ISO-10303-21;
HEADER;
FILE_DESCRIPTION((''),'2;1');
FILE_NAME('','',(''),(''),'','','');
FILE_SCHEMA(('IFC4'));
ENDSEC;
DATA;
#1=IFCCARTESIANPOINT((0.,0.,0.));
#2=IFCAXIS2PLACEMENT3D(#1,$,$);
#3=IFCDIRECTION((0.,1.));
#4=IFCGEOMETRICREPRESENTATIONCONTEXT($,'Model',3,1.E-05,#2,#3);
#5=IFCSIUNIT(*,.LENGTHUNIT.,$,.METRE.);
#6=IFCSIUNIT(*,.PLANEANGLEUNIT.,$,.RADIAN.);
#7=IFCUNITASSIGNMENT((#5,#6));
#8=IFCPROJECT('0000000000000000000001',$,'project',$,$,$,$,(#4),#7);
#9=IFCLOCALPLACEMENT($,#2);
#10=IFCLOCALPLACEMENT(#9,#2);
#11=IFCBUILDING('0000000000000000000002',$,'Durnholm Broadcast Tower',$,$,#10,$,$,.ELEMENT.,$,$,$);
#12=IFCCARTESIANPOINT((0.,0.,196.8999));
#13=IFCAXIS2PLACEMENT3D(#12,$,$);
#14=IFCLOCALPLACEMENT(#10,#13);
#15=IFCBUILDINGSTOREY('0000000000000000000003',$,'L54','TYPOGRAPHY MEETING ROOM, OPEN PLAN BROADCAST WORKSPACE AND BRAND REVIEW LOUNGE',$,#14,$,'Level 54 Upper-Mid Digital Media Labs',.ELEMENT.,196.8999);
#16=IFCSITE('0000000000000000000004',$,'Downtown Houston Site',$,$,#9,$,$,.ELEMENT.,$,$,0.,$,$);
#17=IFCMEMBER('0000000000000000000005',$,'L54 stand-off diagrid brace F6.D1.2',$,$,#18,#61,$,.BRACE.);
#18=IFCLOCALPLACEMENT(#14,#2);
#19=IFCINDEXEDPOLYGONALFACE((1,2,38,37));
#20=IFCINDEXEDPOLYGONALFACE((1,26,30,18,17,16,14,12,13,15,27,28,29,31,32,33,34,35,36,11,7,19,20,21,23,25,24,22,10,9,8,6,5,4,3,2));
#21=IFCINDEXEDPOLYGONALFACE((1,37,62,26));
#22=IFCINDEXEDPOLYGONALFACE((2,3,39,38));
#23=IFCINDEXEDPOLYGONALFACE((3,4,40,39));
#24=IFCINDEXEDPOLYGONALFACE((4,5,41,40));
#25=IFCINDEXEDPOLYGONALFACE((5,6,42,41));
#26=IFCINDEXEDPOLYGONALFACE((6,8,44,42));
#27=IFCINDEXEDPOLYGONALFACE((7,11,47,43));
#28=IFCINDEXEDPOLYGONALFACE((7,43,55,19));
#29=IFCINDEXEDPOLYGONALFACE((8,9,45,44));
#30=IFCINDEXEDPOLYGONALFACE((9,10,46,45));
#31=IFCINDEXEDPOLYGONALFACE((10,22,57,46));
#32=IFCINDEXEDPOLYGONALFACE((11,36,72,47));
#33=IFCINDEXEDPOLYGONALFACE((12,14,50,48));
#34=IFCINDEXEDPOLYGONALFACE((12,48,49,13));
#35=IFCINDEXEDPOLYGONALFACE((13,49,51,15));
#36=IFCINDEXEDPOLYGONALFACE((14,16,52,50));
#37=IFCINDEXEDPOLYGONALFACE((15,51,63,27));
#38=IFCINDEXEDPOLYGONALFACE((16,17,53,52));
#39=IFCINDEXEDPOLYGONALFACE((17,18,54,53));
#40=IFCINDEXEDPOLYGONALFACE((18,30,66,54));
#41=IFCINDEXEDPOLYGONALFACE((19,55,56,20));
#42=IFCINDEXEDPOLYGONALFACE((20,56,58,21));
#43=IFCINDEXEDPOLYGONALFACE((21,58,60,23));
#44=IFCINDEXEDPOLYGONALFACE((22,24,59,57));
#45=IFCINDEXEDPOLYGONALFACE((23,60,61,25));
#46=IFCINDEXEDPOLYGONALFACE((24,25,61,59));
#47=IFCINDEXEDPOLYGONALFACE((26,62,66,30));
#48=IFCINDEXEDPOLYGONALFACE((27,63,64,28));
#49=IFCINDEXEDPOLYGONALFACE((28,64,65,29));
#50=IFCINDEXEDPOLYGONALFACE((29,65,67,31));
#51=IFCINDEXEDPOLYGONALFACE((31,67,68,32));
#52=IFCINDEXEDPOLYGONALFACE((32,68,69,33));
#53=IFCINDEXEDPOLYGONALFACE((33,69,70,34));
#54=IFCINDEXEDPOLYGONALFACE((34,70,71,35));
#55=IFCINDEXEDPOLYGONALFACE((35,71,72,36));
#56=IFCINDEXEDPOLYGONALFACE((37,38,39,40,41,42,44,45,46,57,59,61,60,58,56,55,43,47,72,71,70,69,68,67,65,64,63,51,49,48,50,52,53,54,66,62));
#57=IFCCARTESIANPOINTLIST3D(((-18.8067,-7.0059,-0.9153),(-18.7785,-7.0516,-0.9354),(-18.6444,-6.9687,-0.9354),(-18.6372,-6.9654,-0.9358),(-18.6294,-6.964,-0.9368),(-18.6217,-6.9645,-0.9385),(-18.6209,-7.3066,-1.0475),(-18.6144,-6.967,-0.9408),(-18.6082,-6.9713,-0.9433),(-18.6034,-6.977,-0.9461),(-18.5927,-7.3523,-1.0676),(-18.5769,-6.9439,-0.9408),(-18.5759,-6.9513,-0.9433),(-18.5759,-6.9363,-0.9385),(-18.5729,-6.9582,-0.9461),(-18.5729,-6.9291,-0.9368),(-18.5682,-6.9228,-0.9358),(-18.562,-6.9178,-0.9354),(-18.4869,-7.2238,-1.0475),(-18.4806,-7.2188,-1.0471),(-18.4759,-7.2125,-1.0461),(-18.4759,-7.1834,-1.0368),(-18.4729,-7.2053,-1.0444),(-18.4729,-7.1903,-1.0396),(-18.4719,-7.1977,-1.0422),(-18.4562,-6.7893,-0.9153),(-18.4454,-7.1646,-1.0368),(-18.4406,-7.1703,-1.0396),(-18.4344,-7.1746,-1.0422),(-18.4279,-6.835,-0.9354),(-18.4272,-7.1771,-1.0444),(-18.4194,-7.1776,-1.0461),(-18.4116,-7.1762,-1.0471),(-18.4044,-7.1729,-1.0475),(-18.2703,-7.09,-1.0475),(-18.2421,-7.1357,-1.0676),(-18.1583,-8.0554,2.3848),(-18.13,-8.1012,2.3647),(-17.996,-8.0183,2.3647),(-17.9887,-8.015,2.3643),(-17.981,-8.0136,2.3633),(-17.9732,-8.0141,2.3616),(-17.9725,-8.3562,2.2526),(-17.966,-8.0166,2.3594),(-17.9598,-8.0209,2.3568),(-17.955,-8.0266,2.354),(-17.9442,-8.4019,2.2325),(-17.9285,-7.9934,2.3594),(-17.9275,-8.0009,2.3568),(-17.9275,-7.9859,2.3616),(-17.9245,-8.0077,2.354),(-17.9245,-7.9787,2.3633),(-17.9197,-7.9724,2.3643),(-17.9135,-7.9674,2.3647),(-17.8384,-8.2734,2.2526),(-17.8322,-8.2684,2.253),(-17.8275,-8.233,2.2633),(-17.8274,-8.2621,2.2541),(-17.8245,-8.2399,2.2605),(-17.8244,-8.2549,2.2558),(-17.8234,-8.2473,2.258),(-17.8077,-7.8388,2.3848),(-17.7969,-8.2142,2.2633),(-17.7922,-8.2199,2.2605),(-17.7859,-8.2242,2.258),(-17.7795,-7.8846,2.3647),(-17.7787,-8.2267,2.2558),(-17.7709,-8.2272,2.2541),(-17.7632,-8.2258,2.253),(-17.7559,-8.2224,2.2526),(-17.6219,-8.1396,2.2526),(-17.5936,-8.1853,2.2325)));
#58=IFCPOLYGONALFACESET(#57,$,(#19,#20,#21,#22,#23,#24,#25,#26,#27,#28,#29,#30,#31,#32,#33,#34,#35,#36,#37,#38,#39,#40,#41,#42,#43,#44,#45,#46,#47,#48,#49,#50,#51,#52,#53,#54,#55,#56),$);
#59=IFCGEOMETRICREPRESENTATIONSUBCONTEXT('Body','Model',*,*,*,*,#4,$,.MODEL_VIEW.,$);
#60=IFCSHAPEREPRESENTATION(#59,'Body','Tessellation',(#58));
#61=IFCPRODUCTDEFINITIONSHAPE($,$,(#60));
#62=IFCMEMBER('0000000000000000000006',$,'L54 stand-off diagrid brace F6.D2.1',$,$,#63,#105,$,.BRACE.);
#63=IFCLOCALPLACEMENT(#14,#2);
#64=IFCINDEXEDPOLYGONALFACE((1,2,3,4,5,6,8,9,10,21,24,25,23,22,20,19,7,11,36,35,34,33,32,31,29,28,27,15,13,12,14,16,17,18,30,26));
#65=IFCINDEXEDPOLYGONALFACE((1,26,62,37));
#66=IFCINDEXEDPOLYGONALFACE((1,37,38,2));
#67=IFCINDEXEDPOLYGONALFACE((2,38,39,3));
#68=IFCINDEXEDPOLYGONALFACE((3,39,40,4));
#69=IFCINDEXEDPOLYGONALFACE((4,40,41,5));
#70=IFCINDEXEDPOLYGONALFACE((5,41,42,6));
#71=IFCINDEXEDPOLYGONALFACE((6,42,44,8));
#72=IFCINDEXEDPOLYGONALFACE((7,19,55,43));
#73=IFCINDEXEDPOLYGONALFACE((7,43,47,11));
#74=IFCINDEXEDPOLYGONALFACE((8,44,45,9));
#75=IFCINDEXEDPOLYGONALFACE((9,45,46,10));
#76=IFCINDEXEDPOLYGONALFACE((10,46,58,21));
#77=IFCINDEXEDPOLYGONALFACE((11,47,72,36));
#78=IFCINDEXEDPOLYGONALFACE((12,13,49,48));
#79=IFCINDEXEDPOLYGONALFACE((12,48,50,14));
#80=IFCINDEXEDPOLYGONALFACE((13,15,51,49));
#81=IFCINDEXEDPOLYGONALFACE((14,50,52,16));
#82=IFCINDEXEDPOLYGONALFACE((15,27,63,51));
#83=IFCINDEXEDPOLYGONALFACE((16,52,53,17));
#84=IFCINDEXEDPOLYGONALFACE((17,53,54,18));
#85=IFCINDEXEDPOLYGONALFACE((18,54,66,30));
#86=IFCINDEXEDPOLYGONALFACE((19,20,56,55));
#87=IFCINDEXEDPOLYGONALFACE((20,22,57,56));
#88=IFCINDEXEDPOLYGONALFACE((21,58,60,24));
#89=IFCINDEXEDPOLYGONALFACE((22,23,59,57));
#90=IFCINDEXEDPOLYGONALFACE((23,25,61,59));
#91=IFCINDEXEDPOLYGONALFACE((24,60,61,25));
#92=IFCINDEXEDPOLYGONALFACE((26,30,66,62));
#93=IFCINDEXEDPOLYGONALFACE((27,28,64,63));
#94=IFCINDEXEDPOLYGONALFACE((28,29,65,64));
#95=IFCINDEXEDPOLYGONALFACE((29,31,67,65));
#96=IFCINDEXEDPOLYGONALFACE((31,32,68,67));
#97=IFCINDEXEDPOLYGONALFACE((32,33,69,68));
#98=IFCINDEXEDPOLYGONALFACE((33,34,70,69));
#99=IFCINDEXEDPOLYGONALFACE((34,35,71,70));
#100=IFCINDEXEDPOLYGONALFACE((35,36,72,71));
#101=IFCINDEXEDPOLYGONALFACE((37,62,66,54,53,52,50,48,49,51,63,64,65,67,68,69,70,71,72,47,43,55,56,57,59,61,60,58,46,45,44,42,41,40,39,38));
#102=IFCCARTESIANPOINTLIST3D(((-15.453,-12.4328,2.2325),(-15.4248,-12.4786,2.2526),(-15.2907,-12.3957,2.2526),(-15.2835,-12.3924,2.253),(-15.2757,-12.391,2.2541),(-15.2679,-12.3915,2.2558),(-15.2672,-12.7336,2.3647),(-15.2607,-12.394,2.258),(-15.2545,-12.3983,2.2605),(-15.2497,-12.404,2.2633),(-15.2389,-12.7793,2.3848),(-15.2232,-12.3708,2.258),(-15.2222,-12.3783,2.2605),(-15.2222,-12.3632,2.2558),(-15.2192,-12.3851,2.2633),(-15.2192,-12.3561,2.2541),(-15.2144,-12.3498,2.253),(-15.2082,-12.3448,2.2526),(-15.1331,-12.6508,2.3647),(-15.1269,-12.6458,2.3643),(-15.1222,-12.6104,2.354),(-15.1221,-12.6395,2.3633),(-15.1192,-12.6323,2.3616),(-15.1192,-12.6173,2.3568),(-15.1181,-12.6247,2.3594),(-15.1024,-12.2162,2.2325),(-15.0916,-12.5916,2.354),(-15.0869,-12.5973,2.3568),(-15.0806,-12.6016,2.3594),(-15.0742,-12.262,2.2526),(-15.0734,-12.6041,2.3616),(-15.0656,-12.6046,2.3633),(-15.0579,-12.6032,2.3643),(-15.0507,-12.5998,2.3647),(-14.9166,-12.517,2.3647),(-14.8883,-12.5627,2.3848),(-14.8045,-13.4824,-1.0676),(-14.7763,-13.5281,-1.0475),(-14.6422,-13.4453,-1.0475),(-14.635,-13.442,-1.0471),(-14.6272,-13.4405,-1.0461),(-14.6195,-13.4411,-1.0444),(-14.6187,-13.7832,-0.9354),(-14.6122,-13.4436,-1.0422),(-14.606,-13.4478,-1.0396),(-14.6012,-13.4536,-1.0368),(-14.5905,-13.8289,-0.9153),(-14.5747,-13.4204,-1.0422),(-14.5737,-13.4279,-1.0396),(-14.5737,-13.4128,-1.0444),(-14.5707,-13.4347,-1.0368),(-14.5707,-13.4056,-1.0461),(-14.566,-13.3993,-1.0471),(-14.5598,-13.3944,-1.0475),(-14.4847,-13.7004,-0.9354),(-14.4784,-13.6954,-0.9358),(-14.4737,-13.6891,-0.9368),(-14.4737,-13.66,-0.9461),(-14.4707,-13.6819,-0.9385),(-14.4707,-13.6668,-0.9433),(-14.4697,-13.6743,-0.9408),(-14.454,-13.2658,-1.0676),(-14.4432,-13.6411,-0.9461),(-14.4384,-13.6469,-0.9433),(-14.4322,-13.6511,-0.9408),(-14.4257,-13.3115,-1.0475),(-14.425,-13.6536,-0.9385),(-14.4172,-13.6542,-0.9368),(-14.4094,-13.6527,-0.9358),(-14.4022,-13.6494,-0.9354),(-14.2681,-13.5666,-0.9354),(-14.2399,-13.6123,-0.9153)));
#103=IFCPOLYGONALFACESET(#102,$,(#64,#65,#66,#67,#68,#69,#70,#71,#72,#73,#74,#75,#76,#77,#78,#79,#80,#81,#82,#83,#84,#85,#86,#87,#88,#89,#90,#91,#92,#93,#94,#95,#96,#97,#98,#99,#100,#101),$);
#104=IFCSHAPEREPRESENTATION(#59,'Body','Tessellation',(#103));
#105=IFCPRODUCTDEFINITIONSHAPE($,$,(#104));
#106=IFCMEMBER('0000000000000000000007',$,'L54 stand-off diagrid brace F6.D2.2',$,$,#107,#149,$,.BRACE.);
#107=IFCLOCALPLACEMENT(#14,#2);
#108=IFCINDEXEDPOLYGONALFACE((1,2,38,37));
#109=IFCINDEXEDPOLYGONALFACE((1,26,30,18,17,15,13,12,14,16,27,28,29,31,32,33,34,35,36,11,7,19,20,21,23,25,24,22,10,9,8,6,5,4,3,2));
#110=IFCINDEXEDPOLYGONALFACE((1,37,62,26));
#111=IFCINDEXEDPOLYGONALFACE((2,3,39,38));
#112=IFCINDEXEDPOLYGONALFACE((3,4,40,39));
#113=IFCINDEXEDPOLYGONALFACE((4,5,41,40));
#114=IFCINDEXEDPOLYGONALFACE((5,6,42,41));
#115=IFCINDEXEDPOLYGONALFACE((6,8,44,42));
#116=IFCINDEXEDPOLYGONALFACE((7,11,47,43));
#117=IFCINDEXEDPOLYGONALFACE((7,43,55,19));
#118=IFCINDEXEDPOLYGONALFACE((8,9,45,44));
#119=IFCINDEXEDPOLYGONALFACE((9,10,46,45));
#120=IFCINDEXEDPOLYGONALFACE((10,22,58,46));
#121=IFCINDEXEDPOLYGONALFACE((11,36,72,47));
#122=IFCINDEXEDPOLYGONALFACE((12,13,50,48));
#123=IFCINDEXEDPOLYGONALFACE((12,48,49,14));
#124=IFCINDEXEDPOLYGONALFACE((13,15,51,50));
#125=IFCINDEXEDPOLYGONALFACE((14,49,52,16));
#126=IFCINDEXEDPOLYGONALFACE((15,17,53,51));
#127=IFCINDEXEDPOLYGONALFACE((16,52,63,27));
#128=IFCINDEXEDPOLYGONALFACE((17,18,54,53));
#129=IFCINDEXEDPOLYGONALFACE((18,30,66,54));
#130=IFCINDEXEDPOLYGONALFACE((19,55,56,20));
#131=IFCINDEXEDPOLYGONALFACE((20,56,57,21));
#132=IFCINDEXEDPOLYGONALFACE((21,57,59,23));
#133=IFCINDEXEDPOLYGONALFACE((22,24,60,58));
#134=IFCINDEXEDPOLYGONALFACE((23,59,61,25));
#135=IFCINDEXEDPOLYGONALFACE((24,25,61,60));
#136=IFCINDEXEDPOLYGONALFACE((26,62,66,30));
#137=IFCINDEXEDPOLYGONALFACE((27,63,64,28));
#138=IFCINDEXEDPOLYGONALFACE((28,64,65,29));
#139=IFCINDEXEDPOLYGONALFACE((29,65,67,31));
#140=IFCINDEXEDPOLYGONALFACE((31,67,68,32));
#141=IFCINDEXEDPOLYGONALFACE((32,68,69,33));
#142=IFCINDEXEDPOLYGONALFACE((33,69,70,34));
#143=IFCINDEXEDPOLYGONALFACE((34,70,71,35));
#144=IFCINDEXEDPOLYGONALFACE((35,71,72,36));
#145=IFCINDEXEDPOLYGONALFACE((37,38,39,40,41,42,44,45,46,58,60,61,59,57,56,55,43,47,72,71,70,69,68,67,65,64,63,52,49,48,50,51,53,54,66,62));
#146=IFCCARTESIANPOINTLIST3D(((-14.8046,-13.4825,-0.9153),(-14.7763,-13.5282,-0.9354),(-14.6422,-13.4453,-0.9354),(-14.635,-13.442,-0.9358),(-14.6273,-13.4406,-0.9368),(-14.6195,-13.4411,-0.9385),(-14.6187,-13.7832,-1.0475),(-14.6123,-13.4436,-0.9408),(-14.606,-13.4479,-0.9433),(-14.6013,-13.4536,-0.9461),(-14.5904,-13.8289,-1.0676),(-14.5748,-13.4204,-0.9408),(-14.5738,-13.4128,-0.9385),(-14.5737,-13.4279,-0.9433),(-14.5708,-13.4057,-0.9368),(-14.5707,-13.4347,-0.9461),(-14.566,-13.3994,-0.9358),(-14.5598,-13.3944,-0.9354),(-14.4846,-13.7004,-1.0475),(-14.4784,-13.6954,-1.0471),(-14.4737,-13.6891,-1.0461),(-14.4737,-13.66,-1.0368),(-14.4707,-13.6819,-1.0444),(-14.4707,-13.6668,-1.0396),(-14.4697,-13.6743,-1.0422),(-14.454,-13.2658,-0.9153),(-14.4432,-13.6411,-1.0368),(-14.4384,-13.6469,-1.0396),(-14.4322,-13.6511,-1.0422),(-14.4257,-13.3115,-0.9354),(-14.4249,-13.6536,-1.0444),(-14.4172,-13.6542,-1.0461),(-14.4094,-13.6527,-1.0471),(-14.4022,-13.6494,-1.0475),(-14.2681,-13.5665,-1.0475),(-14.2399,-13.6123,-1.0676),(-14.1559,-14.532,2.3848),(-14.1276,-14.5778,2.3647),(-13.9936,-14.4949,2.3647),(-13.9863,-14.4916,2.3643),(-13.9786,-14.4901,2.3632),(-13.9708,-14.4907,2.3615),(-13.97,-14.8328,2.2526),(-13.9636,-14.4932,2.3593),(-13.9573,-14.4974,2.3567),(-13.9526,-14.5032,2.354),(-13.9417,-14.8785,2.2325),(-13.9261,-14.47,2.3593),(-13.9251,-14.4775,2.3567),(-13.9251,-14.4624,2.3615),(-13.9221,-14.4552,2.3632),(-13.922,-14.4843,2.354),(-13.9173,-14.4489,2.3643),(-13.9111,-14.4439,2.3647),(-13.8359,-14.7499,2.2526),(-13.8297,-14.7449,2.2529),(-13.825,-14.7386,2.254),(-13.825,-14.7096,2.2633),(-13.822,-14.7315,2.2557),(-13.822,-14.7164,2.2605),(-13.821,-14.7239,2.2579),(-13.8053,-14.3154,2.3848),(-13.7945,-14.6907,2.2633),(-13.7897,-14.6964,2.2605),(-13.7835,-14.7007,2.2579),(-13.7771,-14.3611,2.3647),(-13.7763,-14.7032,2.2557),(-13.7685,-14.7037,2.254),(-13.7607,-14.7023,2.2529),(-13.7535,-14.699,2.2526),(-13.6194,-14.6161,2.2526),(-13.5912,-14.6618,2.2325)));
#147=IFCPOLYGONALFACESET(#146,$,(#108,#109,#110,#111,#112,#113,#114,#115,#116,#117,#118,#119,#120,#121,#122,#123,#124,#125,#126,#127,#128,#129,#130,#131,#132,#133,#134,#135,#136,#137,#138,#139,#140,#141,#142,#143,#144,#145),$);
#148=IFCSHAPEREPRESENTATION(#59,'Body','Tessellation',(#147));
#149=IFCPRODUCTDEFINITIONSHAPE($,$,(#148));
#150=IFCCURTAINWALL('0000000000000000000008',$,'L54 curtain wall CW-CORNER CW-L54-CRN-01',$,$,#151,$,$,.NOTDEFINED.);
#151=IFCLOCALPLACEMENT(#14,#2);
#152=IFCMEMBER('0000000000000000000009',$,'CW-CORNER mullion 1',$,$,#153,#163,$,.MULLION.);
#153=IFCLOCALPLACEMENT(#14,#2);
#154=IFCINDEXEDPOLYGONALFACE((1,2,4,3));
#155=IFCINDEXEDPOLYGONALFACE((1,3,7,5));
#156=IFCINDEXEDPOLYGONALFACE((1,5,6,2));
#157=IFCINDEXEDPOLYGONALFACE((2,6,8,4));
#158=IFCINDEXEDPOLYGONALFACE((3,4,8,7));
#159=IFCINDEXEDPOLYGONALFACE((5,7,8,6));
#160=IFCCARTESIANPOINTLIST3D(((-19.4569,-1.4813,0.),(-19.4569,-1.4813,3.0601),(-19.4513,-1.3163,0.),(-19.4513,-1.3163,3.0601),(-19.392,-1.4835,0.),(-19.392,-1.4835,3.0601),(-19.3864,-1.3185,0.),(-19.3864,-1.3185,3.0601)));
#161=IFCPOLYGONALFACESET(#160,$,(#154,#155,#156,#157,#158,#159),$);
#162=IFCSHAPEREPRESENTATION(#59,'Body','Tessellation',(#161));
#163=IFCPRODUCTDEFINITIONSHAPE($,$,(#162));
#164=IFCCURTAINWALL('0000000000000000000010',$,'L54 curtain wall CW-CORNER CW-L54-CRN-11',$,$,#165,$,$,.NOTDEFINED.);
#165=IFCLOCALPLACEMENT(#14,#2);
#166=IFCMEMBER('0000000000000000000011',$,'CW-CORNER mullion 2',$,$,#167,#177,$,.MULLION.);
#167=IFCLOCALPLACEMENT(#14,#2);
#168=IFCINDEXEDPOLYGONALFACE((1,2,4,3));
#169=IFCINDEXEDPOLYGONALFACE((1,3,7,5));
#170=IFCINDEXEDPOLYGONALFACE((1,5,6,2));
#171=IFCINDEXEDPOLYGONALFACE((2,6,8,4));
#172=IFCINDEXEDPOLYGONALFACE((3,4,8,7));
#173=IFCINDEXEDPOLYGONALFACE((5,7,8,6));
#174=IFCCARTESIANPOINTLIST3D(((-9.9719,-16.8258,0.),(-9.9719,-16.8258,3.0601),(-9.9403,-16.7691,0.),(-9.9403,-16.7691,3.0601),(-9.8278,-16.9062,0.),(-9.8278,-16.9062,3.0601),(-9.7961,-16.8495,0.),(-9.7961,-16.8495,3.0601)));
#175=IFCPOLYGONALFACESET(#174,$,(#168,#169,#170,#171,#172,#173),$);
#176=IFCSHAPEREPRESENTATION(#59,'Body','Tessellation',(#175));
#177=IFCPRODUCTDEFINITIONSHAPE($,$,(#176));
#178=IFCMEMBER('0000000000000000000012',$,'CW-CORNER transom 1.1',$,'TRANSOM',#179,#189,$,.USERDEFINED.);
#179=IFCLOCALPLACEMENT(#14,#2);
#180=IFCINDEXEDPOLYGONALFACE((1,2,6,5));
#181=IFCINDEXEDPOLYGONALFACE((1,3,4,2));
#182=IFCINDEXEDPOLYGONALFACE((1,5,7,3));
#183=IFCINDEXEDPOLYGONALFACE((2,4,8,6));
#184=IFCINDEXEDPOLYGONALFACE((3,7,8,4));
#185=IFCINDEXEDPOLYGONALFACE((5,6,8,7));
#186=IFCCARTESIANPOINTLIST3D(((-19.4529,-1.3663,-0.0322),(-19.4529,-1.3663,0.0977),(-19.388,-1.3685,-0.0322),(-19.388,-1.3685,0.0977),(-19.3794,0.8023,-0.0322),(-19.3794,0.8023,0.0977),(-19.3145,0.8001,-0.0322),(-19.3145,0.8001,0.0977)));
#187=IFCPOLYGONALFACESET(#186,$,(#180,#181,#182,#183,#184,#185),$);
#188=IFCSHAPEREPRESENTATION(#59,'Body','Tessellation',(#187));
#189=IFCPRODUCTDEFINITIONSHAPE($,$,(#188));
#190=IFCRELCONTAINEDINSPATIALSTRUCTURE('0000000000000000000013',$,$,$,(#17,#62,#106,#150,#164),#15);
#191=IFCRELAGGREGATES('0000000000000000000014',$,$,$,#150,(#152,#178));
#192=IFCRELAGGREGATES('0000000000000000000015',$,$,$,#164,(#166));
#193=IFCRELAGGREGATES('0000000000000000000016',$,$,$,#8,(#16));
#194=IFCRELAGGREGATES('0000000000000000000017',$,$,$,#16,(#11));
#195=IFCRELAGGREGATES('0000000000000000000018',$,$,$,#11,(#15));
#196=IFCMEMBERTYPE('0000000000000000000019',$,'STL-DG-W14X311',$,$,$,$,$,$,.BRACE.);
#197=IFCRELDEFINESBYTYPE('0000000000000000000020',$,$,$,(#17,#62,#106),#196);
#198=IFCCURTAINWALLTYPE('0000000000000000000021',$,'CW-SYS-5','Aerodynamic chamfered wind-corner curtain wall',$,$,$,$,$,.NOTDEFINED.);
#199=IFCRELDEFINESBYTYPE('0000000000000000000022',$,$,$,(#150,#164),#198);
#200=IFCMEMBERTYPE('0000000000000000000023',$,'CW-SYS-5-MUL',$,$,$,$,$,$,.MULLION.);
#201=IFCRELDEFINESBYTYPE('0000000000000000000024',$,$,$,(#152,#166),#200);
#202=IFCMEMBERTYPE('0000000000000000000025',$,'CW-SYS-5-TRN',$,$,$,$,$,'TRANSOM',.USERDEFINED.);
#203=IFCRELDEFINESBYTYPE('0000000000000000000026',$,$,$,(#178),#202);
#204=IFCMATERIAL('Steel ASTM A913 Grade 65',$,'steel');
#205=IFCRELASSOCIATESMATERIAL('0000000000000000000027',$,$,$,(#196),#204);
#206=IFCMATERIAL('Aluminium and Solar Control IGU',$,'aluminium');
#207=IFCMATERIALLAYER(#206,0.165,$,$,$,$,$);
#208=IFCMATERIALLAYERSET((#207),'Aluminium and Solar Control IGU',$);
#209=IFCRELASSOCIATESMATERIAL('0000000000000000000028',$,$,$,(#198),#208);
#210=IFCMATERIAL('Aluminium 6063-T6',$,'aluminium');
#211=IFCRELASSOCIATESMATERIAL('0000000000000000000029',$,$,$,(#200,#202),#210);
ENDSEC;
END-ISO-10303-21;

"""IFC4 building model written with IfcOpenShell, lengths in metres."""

from ifc_helpers import new_model, si_unit, direction, frame, origin, origin_2d, place, context, subcontext, project, spatial, rectangle, i_section, extrude, source, transform, mapped, material, layer, layer_set, material_profile, profile_set, type_object, type_shapes, element, aggregate, save


model = new_model("IFC4")

# Units and contexts
model_context = context("Model", 3, precision=1e-05, world=origin(), true_north=direction((0.0, 1.0)))
body_context = subcontext(model_context, "Body", "Model", "MODEL_VIEW")
ifc_project = project(units=[si_unit("LENGTHUNIT", "METRE"), si_unit("PLANEANGLEUNIT", "RADIAN")], contexts=[model_context])

# Site, building, storey
site_placement = place(None, origin())
site = spatial("IfcSite", under=ifc_project, at=site_placement, Name="Downtown Houston Site", CompositionType="ELEMENT", RefElevation=0.0)
building_placement = place(site_placement, origin())
building = spatial("IfcBuilding", under=site, at=building_placement, Name="Durnholm Broadcast Tower", CompositionType="ELEMENT")
storey_placement = place(building_placement, frame((0.0, 0.0, 196.8999)))
storey = spatial("IfcBuildingStorey", under=building, at=storey_placement, Name="L54", Description="TYPOGRAPHY MEETING ROOM, OPEN PLAN BROADCAST WORKSPACE AND BRAND REVIEW LOUNGE", LongName="Level 54 Upper-Mid Digital Media Labs", CompositionType="ELEMENT", Elevation=196.8999)

# Members
ifc_material_1 = material(Name="Steel ASTM A913 Grade 65", Category="steel")
ifc_material_profile_1 = material_profile(ifc_material_1, i_section(OverallWidth=0.4121, OverallDepth=0.4348, WebThickness=0.0359, FlangeThickness=0.0574, FilletRadius=0.0305, at=origin_2d()), Name="W14X311")
ifc_profile_set_1 = profile_set([ifc_material_profile_1], Name="Steel ASTM A913 Grade 65")
member_type_1 = type_object("IfcMemberType", Name="STL-DG-W14X311", PredefinedType="BRACE", material=ifc_profile_set_1)
shared_shape_1 = source(origin(), body_context, "Body", "SweptSolid", [
    extrude(i_section(OverallWidth=0.4121, OverallDepth=0.4348, WebThickness=0.0359, FlangeThickness=0.0574, FilletRadius=0.0305, at=origin_2d()), origin(), (0.0, 0.0, 1.0), 3.5232),
])
type_shapes(member_type_1, [shared_shape_1])
for number, where, z_axis, x_axis, name in (
    (1, (-18.5244, -7.0708, -0.9915), (0.184052, -0.297907, 0.936684), (0.850733, 0.525598, 0.0), "L54 stand-off diagrid brace F6.D1.2"),
    (2, (-14.5222, -13.5474, -0.9915), (-0.184052, 0.297907, 0.936684), (-0.850733, -0.525598, 0.0), "L54 stand-off diagrid brace F6.D2.1"),
    (3, (-14.5222, -13.5474, -0.9915), (0.184119, -0.297903, 0.936672), (0.850644, 0.525741, 0.0), "L54 stand-off diagrid brace F6.D2.2"),
):
    element("IfcMember", number, at=place(storey_placement, frame(where, z_axis=z_axis, x_axis=x_axis)), inside=storey, type_object=member_type_1, Name=name, PredefinedType="BRACE", context=body_context, shape_type="MappedRepresentation", body=[
        mapped(shared_shape_1, transform((0.0, 0.0, 0.0), x_axis=(1.0, 0.0, 0.0), y_axis=(0.0, 1.0, 0.0), z_axis=(0.0, 0.0, 1.0), scale=1.0)),
    ])

# Curtain walls, members
ifc_material_2 = material(Name="Aluminium and Solar Control IGU", Category="aluminium")
ifc_layer_1 = layer(ifc_material_2, 0.165)
ifc_layer_set_1 = layer_set([ifc_layer_1], Name="Aluminium and Solar Control IGU")
curtain_wall_type_1 = type_object("IfcCurtainWallType", Name="CW-SYS-5", Description="Aerodynamic chamfered wind-corner curtain wall", PredefinedType="NOTDEFINED", material=ifc_layer_set_1)
curtain_wall_1_placement = place(storey_placement, origin())
curtain_wall_1 = element("IfcCurtainWall", 4, at=curtain_wall_1_placement, inside=storey, type_object=curtain_wall_type_1, Name="L54 curtain wall CW-CORNER CW-L54-CRN-01", PredefinedType="NOTDEFINED")
ifc_material_3 = material(Name="Aluminium 6063-T6", Category="aluminium")
ifc_material_profile_2 = material_profile(ifc_material_3, rectangle(XDim=0.0649, YDim=0.165, at=origin_2d()), Name="CWM65X165")
ifc_profile_set_2 = profile_set([ifc_material_profile_2], Name="Aluminium 6063-T6")
member_type_2 = type_object("IfcMemberType", Name="CW-SYS-5-MUL", PredefinedType="MULLION", material=ifc_profile_set_2)
shared_shape_2 = source(origin(), body_context, "Body", "SweptSolid", [
    extrude(rectangle(XDim=0.0649, YDim=0.165, at=origin_2d()), origin(), (0.0, 0.0, 1.0), 3.0601),
])
type_shapes(member_type_2, [shared_shape_2])
member_1_placement = place(storey_placement, frame((-19.4216, -1.3999, 0.0), z_axis=(0.0, 0.0, 1.0), x_axis=(-0.999425, 0.033913, 0.0)))
member_1 = element("IfcMember", 5, at=member_1_placement, type_object=member_type_2, Name="CW-CORNER mullion 1", PredefinedType="MULLION", context=body_context, shape_type="MappedRepresentation", body=[
    mapped(shared_shape_2, transform((0.0, 0.0, 0.0), x_axis=(1.0, 0.0, 0.0), y_axis=(0.0, 1.0, 0.0), z_axis=(0.0, 0.0, 1.0), scale=1.0)),
])
curtain_wall_2_placement = place(storey_placement, origin())
curtain_wall_2 = element("IfcCurtainWall", 6, at=curtain_wall_2_placement, inside=storey, type_object=curtain_wall_type_1, Name="L54 curtain wall CW-CORNER CW-L54-CRN-11", PredefinedType="NOTDEFINED")
member_2_placement = place(storey_placement, frame((-9.884, -16.8376, 0.0), z_axis=(0.0, 0.0, 1.0), x_axis=(-0.486986, -0.87341, 0.0)))
member_2 = element("IfcMember", 7, at=member_2_placement, type_object=member_type_2, Name="CW-CORNER mullion 2", PredefinedType="MULLION", context=body_context, shape_type="MappedRepresentation", body=[
    mapped(shared_shape_2, transform((0.0, 0.0, 0.0), x_axis=(1.0, 0.0, 0.0), y_axis=(0.0, 1.0, 0.0), z_axis=(0.0, 0.0, 1.0), scale=1.0)),
])

# Member
ifc_material_profile_3 = material_profile(ifc_material_3, rectangle(XDim=0.0649, YDim=0.1299, at=origin_2d()), Name="CWT65X130")
ifc_profile_set_3 = profile_set([ifc_material_profile_3], Name="Aluminium 6063-T6")
member_type_3 = type_object("IfcMemberType", Name="CW-SYS-5-TRN", ElementType="TRANSOM", PredefinedType="USERDEFINED", material=ifc_profile_set_3)
shared_shape_3 = source(origin(), body_context, "Body", "SweptSolid", [
    extrude(rectangle(XDim=0.0649, YDim=0.1299, at=origin_2d()), origin(), (0.0, 0.0, 1.0), 2.1699),
])
type_shapes(member_type_3, [shared_shape_3])
member_3_placement = place(storey_placement, frame((-19.4204, -1.3674, 0.0327), z_axis=(0.033866, 0.999426, 0.0), x_axis=(-0.999426, 0.033866, 0.0)))
member_3 = element("IfcMember", 8, at=member_3_placement, type_object=member_type_3, Name="CW-CORNER transom 1.1", ObjectType="TRANSOM", PredefinedType="USERDEFINED", context=body_context, shape_type="MappedRepresentation", body=[
    mapped(shared_shape_3, transform((0.0, 0.0, 0.0), x_axis=(1.0, 0.0, 0.0), y_axis=(0.0, 1.0, 0.0), z_axis=(0.0, 0.0, 1.0), scale=1.0)),
])

aggregate(curtain_wall_1, [member_1, member_3])
aggregate(curtain_wall_2, [member_2])

save(model, "model.ifc")
